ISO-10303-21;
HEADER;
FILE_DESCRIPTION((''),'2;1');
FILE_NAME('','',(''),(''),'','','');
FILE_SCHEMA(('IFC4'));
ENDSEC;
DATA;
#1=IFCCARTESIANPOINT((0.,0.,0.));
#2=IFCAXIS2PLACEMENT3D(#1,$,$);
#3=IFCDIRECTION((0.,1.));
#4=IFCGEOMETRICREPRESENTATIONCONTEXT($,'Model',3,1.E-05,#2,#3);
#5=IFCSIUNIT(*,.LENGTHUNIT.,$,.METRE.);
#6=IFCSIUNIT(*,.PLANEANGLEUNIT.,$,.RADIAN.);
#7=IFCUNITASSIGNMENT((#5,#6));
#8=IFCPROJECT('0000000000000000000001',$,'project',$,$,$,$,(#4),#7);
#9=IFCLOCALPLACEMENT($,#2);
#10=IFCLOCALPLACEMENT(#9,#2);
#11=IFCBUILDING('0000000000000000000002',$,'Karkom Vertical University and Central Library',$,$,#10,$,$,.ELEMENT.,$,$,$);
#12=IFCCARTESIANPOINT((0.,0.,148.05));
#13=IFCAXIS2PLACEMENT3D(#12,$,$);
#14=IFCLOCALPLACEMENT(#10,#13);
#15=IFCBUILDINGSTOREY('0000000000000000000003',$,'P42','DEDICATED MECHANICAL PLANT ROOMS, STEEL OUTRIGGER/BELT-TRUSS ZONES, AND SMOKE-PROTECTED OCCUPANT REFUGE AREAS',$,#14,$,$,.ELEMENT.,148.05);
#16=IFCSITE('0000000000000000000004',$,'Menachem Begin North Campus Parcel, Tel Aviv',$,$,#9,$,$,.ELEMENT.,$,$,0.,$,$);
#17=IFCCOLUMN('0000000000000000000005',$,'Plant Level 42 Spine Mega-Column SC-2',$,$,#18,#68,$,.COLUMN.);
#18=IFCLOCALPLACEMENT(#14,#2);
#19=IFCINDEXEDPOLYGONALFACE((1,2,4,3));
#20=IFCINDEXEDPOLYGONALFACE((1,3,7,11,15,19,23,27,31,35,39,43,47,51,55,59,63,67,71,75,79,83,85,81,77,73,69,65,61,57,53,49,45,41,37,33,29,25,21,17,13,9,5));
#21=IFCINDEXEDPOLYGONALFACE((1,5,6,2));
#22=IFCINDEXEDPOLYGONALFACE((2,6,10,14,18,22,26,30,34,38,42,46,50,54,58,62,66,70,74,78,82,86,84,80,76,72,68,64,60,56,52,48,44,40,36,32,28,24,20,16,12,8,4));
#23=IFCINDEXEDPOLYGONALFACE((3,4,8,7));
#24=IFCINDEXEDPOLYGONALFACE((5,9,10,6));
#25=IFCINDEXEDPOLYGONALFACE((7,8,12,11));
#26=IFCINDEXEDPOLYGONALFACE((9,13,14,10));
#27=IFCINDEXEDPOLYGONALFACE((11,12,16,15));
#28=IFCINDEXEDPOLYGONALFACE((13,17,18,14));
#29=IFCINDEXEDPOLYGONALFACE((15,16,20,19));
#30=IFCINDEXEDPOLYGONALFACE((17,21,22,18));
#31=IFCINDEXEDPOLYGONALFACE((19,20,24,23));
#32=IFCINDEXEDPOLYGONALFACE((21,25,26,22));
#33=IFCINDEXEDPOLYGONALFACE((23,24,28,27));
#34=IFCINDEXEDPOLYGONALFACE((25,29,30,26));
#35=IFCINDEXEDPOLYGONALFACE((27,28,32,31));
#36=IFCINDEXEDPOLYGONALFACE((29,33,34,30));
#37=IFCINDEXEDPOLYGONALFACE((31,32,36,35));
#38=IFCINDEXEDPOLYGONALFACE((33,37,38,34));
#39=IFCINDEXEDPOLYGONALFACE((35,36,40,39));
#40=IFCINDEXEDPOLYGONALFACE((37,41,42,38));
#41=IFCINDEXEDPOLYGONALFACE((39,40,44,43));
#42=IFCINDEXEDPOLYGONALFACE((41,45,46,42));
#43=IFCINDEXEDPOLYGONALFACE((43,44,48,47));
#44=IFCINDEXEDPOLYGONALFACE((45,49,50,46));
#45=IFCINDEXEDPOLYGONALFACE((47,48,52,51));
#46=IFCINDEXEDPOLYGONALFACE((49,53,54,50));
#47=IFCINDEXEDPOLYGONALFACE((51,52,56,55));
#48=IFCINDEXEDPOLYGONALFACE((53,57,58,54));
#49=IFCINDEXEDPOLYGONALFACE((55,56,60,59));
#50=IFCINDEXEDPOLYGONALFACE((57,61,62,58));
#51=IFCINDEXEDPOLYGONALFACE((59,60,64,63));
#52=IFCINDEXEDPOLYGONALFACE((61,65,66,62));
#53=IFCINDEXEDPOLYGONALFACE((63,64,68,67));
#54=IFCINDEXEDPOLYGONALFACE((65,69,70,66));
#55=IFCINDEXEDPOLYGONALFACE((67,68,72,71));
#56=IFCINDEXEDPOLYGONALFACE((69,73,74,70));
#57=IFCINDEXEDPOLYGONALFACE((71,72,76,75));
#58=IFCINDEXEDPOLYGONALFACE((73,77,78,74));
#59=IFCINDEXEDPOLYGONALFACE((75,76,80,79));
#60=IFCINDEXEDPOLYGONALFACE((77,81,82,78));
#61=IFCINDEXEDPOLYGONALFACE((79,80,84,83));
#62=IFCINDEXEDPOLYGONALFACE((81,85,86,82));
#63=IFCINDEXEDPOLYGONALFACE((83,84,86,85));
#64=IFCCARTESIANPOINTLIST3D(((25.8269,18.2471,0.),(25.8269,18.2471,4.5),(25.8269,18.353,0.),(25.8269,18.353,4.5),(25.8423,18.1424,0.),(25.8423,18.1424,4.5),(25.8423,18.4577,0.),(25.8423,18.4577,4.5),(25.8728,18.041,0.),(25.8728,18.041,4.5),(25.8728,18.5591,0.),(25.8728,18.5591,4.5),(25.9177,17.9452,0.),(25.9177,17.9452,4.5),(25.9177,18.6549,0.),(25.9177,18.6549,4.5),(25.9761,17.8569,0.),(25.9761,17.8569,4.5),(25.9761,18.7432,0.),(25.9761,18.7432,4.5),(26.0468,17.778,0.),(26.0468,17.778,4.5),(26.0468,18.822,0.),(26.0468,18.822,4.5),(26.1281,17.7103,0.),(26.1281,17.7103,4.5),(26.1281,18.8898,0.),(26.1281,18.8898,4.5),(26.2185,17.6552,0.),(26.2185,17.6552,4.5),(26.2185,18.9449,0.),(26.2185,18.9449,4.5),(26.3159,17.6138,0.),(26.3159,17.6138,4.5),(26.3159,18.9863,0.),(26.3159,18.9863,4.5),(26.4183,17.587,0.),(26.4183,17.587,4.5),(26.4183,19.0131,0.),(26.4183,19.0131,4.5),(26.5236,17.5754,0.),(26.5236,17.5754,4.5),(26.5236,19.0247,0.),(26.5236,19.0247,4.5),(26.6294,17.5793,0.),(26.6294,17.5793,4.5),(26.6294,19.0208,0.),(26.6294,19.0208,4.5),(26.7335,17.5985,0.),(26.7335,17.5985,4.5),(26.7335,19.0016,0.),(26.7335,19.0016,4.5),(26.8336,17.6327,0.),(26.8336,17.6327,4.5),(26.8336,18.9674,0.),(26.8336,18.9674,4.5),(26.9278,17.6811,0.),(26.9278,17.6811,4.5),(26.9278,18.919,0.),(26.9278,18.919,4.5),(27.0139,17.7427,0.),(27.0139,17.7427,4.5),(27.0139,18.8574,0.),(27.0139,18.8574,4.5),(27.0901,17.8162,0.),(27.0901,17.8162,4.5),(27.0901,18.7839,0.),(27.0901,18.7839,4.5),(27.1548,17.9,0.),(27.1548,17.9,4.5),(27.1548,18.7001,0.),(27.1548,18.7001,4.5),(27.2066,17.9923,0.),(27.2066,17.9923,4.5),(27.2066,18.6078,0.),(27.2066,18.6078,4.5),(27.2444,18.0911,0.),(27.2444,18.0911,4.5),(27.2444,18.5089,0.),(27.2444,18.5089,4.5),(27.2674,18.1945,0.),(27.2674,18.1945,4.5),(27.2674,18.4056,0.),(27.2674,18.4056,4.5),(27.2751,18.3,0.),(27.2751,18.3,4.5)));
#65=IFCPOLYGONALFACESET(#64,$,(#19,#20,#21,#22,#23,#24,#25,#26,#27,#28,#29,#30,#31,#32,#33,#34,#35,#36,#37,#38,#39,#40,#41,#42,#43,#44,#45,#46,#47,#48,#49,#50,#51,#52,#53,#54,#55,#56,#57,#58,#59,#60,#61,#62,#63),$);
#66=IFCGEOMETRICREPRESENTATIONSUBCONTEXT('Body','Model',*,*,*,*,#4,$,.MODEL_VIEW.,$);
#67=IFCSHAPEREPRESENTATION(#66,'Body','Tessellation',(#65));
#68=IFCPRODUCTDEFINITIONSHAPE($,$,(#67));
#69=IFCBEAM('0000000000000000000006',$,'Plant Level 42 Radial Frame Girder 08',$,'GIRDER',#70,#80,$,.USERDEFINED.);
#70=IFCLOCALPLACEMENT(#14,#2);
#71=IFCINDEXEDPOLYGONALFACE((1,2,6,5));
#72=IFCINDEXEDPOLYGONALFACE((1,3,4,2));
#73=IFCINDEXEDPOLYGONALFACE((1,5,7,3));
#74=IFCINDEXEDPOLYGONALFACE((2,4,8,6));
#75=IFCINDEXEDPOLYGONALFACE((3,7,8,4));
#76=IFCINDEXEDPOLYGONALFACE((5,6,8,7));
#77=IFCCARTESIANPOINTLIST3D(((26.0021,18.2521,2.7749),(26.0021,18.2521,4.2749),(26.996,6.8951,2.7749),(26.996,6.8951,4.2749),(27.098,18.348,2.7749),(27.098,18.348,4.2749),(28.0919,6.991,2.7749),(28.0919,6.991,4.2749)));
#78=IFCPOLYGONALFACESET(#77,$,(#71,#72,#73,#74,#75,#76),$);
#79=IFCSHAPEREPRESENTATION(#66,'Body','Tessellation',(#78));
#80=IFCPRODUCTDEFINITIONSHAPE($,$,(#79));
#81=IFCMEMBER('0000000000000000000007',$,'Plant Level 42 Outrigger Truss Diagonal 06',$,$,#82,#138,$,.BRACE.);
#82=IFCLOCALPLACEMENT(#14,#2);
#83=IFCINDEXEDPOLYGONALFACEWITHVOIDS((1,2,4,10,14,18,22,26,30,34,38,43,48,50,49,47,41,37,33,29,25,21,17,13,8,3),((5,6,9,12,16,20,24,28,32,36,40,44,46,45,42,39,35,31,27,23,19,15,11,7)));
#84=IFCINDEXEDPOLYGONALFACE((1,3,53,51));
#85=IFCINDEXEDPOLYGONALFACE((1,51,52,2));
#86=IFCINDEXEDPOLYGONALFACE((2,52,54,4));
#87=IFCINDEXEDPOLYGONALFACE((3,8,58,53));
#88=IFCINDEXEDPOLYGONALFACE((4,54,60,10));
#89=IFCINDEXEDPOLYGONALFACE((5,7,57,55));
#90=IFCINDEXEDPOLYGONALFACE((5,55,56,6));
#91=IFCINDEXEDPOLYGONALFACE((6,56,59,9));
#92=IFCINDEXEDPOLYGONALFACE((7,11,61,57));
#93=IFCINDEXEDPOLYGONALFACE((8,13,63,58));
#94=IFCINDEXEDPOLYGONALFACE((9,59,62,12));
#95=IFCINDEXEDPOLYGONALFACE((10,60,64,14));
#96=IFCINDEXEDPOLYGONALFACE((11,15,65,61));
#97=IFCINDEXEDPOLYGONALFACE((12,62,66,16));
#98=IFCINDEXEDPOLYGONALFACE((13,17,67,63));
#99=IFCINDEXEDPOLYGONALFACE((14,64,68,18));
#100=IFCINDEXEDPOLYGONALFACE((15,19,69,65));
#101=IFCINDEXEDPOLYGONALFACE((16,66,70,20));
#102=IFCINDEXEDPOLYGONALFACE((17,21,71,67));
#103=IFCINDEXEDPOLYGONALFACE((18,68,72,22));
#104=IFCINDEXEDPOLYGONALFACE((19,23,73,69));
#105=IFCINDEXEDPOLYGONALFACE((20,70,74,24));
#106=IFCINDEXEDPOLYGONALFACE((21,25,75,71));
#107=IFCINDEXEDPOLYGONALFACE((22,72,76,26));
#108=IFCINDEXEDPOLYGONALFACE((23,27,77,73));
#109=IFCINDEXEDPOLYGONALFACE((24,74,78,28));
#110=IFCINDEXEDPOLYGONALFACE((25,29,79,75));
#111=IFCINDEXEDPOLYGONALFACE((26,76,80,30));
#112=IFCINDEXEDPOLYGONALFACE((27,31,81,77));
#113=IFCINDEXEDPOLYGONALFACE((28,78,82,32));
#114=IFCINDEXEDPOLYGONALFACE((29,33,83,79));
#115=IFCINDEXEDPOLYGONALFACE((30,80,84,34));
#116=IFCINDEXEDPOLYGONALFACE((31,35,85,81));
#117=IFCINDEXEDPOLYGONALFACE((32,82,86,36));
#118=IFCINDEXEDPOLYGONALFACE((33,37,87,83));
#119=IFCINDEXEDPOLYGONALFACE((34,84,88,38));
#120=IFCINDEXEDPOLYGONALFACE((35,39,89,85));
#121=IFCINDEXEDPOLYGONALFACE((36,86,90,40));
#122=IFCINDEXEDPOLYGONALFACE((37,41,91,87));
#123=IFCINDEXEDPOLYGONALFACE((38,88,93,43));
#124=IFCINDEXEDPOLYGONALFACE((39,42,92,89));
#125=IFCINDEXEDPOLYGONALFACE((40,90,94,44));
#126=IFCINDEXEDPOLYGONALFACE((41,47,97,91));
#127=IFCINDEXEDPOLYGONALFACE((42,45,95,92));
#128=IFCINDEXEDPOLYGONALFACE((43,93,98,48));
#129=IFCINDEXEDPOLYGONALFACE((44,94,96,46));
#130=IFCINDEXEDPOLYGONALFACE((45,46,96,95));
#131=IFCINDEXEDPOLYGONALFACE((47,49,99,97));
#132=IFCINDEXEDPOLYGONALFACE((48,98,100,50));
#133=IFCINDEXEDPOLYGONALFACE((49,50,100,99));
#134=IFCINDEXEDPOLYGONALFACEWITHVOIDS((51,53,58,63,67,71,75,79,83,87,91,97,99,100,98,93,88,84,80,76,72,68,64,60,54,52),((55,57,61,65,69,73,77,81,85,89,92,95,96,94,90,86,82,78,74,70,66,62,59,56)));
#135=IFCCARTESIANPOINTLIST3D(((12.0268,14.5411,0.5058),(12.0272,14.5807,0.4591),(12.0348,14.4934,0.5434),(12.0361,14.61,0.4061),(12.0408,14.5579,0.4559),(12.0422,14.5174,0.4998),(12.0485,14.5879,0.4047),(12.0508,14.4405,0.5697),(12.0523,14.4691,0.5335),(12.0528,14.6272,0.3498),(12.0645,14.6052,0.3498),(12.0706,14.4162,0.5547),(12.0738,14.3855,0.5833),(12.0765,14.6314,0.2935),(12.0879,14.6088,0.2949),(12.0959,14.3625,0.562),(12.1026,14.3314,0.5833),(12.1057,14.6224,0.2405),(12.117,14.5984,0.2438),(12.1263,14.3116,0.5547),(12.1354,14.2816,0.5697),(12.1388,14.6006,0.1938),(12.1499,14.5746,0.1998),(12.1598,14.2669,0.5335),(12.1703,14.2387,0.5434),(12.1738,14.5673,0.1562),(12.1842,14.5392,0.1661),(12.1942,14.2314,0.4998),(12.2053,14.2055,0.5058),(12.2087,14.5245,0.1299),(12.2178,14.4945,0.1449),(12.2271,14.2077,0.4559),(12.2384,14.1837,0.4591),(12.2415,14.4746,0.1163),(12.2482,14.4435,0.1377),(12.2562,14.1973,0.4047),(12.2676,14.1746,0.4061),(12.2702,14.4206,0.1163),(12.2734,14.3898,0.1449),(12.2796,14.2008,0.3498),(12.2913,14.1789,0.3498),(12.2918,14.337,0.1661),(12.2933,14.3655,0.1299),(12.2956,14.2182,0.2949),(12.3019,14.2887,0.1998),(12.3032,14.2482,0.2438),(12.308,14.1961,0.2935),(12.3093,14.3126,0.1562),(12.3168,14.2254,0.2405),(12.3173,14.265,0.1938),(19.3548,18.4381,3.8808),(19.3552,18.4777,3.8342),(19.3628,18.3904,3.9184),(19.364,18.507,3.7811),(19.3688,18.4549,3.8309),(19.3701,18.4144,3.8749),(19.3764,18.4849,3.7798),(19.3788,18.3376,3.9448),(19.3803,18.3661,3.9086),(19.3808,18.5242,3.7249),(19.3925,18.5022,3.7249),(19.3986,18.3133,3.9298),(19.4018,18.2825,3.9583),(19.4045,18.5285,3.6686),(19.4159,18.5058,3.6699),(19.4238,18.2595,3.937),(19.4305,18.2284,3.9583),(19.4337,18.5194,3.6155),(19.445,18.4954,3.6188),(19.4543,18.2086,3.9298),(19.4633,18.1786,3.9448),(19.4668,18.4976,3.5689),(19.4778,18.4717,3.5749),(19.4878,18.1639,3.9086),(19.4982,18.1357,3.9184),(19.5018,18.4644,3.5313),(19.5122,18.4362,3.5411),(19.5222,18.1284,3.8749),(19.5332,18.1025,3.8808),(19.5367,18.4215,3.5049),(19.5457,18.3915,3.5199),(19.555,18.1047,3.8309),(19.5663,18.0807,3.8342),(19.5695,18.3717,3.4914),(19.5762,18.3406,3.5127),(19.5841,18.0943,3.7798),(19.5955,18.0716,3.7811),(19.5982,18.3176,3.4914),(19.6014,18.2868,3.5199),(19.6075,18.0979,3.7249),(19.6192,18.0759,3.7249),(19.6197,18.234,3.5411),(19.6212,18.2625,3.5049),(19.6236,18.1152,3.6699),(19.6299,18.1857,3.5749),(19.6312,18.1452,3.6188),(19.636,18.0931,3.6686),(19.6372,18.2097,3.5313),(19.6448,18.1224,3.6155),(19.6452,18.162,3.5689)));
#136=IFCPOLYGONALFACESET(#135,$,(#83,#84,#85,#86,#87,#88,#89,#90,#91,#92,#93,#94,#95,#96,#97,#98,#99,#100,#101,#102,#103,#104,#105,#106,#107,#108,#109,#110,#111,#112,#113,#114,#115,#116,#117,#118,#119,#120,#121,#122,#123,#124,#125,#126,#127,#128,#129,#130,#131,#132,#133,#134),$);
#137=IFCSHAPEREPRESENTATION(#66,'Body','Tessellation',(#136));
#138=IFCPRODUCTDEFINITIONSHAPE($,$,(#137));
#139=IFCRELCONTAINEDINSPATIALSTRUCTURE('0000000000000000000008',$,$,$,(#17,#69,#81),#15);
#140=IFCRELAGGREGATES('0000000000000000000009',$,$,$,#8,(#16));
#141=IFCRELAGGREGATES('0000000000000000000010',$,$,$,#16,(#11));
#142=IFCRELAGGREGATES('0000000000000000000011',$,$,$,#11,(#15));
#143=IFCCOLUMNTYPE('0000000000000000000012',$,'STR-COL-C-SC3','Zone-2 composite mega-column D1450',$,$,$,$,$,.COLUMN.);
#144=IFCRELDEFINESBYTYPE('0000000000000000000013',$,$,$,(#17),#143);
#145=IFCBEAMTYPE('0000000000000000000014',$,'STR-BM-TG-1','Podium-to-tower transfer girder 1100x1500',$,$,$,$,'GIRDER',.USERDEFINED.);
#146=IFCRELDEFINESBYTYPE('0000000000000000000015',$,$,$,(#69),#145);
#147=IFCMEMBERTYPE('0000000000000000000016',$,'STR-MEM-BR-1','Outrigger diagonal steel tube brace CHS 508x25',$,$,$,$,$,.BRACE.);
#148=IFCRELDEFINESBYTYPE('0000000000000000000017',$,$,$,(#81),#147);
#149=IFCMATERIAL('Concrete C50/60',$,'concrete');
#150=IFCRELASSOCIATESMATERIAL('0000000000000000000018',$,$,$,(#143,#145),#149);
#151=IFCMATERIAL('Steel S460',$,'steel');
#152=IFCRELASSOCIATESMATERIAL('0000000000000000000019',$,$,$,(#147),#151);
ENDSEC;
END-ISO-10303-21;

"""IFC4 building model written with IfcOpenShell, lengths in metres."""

from ifc_helpers import new_model, si_unit, direction, frame, origin, origin_with_axes, origin_2d, place, context, subcontext, project, spatial, rectangle, circle, hollow_circle, extrude, source, transform, mapped, material, material_profile, profile_set, type_object, element, save


model = new_model("IFC4")

# Units and contexts
model_context = context("Model", 3, precision=1e-05, world=origin(), true_north=direction((0.0, 1.0)))
body_context = subcontext(model_context, "Body", "Model", "MODEL_VIEW")
ifc_project = project(units=[si_unit("LENGTHUNIT", "METRE"), si_unit("PLANEANGLEUNIT", "RADIAN")], contexts=[model_context])

# Site, building, storey
site_placement = place(None, origin())
site = spatial("IfcSite", under=ifc_project, at=site_placement, Name="Menachem Begin North Campus Parcel, Tel Aviv", CompositionType="ELEMENT", RefElevation=0.0)
building_placement = place(site_placement, origin())
building = spatial("IfcBuilding", under=site, at=building_placement, Name="Karkom Vertical University and Central Library", CompositionType="ELEMENT")
storey_placement = place(building_placement, frame((0.0, 0.0, 148.05)))
storey = spatial("IfcBuildingStorey", under=building, at=storey_placement, Name="P42", Description="DEDICATED MECHANICAL PLANT ROOMS, STEEL OUTRIGGER/BELT-TRUSS ZONES, AND SMOKE-PROTECTED OCCUPANT REFUGE AREAS", CompositionType="ELEMENT", Elevation=148.05)

# Column
ifc_material_1 = material(Name="Concrete C50/60", Category="concrete")
ifc_material_profile_1 = material_profile(ifc_material_1, circle(Radius=0.7251, at=origin_2d()), Name="CFT-D1450")
ifc_profile_set_1 = profile_set([ifc_material_profile_1], Name="Concrete C50/60")
column_type = type_object("IfcColumnType", Name="STR-COL-C-SC3", Description="Zone-2 composite mega-column D1450", PredefinedType="COLUMN", material=ifc_profile_set_1)
shared_shape_1 = source(origin_with_axes(), body_context, "Body", "SweptSolid", [
    extrude(circle(Radius=0.7251, at=origin_2d()), origin(), (0.0, 0.0, 1.0), 4.5),
])
column_placement = place(storey_placement, frame((26.55, 18.3, 0.0), z_axis=(0.0, 0.0, 1.0), x_axis=(1.0, 0.0, 0.0)))
element("IfcColumn", 1, at=column_placement, inside=storey, type_object=column_type, Name="Plant Level 42 Spine Mega-Column SC-2", PredefinedType="COLUMN", context=body_context, shape_type="MappedRepresentation", body=[
    mapped(shared_shape_1, transform((0.0, 0.0, 0.0), scale=1.0)),
])

# Beam
ifc_material_profile_2 = material_profile(ifc_material_1, rectangle(XDim=1.1001, YDim=1.5, at=origin_2d()), Name="TG-1100x1500")
ifc_profile_set_2 = profile_set([ifc_material_profile_2], Name="Concrete C50/60")
beam_type = type_object("IfcBeamType", Name="STR-BM-TG-1", Description="Podium-to-tower transfer girder 1100x1500", ElementType="GIRDER", PredefinedType="USERDEFINED", material=ifc_profile_set_2)
shared_shape_2 = source(origin_with_axes(), body_context, "Body", "SweptSolid", [
    extrude(rectangle(XDim=1.1001, YDim=1.5, at=origin_2d()), origin(), (0.0, 0.0, 1.0), 11.4004),
])
beam_placement = place(storey_placement, frame((26.55, 18.3, 3.5249), z_axis=(0.087181, -0.996192, 0.0), x_axis=(0.996192, 0.087181, 0.0)))
element("IfcBeam", 2, at=beam_placement, inside=storey, type_object=beam_type, Name="Plant Level 42 Radial Frame Girder 08", ObjectType="GIRDER", PredefinedType="USERDEFINED", context=body_context, shape_type="MappedRepresentation", body=[
    mapped(shared_shape_2, transform((0.0, 0.0, 0.0), scale=1.0)),
])

# Member
ifc_material_2 = material(Name="Steel S460", Category="steel")
ifc_material_profile_3 = material_profile(ifc_material_2, hollow_circle(Radius=0.2539, WallThickness=0.0249, at=origin_2d()), Name="CHS 508x25")
ifc_profile_set_3 = profile_set([ifc_material_profile_3], Name="Steel S460")
member_type = type_object("IfcMemberType", Name="STR-MEM-BR-1", Description="Outrigger diagonal steel tube brace CHS 508x25", PredefinedType="BRACE", material=ifc_profile_set_3)
shared_shape_3 = source(origin_with_axes(), body_context, "Body", "SweptSolid", [
    extrude(hollow_circle(Radius=0.2539, WallThickness=0.0249, at=origin_2d()), origin(), (0.0, 0.0, 1.0), 8.9597),
])
member_1_placement = place(storey_placement, frame((19.5, 18.3, 3.7249), z_axis=(-0.817878, -0.434948, -0.37669), x_axis=(0.469534, -0.882914, 0.0)))
element("IfcMember", 3, at=member_1_placement, inside=storey, type_object=member_type, Name="Plant Level 42 Outrigger Truss Diagonal 06", PredefinedType="BRACE", context=body_context, shape_type="MappedRepresentation", body=[
    mapped(shared_shape_3, transform((0.0, 0.0, 0.0), scale=1.0)),
])

save(model, "model.ifc")
